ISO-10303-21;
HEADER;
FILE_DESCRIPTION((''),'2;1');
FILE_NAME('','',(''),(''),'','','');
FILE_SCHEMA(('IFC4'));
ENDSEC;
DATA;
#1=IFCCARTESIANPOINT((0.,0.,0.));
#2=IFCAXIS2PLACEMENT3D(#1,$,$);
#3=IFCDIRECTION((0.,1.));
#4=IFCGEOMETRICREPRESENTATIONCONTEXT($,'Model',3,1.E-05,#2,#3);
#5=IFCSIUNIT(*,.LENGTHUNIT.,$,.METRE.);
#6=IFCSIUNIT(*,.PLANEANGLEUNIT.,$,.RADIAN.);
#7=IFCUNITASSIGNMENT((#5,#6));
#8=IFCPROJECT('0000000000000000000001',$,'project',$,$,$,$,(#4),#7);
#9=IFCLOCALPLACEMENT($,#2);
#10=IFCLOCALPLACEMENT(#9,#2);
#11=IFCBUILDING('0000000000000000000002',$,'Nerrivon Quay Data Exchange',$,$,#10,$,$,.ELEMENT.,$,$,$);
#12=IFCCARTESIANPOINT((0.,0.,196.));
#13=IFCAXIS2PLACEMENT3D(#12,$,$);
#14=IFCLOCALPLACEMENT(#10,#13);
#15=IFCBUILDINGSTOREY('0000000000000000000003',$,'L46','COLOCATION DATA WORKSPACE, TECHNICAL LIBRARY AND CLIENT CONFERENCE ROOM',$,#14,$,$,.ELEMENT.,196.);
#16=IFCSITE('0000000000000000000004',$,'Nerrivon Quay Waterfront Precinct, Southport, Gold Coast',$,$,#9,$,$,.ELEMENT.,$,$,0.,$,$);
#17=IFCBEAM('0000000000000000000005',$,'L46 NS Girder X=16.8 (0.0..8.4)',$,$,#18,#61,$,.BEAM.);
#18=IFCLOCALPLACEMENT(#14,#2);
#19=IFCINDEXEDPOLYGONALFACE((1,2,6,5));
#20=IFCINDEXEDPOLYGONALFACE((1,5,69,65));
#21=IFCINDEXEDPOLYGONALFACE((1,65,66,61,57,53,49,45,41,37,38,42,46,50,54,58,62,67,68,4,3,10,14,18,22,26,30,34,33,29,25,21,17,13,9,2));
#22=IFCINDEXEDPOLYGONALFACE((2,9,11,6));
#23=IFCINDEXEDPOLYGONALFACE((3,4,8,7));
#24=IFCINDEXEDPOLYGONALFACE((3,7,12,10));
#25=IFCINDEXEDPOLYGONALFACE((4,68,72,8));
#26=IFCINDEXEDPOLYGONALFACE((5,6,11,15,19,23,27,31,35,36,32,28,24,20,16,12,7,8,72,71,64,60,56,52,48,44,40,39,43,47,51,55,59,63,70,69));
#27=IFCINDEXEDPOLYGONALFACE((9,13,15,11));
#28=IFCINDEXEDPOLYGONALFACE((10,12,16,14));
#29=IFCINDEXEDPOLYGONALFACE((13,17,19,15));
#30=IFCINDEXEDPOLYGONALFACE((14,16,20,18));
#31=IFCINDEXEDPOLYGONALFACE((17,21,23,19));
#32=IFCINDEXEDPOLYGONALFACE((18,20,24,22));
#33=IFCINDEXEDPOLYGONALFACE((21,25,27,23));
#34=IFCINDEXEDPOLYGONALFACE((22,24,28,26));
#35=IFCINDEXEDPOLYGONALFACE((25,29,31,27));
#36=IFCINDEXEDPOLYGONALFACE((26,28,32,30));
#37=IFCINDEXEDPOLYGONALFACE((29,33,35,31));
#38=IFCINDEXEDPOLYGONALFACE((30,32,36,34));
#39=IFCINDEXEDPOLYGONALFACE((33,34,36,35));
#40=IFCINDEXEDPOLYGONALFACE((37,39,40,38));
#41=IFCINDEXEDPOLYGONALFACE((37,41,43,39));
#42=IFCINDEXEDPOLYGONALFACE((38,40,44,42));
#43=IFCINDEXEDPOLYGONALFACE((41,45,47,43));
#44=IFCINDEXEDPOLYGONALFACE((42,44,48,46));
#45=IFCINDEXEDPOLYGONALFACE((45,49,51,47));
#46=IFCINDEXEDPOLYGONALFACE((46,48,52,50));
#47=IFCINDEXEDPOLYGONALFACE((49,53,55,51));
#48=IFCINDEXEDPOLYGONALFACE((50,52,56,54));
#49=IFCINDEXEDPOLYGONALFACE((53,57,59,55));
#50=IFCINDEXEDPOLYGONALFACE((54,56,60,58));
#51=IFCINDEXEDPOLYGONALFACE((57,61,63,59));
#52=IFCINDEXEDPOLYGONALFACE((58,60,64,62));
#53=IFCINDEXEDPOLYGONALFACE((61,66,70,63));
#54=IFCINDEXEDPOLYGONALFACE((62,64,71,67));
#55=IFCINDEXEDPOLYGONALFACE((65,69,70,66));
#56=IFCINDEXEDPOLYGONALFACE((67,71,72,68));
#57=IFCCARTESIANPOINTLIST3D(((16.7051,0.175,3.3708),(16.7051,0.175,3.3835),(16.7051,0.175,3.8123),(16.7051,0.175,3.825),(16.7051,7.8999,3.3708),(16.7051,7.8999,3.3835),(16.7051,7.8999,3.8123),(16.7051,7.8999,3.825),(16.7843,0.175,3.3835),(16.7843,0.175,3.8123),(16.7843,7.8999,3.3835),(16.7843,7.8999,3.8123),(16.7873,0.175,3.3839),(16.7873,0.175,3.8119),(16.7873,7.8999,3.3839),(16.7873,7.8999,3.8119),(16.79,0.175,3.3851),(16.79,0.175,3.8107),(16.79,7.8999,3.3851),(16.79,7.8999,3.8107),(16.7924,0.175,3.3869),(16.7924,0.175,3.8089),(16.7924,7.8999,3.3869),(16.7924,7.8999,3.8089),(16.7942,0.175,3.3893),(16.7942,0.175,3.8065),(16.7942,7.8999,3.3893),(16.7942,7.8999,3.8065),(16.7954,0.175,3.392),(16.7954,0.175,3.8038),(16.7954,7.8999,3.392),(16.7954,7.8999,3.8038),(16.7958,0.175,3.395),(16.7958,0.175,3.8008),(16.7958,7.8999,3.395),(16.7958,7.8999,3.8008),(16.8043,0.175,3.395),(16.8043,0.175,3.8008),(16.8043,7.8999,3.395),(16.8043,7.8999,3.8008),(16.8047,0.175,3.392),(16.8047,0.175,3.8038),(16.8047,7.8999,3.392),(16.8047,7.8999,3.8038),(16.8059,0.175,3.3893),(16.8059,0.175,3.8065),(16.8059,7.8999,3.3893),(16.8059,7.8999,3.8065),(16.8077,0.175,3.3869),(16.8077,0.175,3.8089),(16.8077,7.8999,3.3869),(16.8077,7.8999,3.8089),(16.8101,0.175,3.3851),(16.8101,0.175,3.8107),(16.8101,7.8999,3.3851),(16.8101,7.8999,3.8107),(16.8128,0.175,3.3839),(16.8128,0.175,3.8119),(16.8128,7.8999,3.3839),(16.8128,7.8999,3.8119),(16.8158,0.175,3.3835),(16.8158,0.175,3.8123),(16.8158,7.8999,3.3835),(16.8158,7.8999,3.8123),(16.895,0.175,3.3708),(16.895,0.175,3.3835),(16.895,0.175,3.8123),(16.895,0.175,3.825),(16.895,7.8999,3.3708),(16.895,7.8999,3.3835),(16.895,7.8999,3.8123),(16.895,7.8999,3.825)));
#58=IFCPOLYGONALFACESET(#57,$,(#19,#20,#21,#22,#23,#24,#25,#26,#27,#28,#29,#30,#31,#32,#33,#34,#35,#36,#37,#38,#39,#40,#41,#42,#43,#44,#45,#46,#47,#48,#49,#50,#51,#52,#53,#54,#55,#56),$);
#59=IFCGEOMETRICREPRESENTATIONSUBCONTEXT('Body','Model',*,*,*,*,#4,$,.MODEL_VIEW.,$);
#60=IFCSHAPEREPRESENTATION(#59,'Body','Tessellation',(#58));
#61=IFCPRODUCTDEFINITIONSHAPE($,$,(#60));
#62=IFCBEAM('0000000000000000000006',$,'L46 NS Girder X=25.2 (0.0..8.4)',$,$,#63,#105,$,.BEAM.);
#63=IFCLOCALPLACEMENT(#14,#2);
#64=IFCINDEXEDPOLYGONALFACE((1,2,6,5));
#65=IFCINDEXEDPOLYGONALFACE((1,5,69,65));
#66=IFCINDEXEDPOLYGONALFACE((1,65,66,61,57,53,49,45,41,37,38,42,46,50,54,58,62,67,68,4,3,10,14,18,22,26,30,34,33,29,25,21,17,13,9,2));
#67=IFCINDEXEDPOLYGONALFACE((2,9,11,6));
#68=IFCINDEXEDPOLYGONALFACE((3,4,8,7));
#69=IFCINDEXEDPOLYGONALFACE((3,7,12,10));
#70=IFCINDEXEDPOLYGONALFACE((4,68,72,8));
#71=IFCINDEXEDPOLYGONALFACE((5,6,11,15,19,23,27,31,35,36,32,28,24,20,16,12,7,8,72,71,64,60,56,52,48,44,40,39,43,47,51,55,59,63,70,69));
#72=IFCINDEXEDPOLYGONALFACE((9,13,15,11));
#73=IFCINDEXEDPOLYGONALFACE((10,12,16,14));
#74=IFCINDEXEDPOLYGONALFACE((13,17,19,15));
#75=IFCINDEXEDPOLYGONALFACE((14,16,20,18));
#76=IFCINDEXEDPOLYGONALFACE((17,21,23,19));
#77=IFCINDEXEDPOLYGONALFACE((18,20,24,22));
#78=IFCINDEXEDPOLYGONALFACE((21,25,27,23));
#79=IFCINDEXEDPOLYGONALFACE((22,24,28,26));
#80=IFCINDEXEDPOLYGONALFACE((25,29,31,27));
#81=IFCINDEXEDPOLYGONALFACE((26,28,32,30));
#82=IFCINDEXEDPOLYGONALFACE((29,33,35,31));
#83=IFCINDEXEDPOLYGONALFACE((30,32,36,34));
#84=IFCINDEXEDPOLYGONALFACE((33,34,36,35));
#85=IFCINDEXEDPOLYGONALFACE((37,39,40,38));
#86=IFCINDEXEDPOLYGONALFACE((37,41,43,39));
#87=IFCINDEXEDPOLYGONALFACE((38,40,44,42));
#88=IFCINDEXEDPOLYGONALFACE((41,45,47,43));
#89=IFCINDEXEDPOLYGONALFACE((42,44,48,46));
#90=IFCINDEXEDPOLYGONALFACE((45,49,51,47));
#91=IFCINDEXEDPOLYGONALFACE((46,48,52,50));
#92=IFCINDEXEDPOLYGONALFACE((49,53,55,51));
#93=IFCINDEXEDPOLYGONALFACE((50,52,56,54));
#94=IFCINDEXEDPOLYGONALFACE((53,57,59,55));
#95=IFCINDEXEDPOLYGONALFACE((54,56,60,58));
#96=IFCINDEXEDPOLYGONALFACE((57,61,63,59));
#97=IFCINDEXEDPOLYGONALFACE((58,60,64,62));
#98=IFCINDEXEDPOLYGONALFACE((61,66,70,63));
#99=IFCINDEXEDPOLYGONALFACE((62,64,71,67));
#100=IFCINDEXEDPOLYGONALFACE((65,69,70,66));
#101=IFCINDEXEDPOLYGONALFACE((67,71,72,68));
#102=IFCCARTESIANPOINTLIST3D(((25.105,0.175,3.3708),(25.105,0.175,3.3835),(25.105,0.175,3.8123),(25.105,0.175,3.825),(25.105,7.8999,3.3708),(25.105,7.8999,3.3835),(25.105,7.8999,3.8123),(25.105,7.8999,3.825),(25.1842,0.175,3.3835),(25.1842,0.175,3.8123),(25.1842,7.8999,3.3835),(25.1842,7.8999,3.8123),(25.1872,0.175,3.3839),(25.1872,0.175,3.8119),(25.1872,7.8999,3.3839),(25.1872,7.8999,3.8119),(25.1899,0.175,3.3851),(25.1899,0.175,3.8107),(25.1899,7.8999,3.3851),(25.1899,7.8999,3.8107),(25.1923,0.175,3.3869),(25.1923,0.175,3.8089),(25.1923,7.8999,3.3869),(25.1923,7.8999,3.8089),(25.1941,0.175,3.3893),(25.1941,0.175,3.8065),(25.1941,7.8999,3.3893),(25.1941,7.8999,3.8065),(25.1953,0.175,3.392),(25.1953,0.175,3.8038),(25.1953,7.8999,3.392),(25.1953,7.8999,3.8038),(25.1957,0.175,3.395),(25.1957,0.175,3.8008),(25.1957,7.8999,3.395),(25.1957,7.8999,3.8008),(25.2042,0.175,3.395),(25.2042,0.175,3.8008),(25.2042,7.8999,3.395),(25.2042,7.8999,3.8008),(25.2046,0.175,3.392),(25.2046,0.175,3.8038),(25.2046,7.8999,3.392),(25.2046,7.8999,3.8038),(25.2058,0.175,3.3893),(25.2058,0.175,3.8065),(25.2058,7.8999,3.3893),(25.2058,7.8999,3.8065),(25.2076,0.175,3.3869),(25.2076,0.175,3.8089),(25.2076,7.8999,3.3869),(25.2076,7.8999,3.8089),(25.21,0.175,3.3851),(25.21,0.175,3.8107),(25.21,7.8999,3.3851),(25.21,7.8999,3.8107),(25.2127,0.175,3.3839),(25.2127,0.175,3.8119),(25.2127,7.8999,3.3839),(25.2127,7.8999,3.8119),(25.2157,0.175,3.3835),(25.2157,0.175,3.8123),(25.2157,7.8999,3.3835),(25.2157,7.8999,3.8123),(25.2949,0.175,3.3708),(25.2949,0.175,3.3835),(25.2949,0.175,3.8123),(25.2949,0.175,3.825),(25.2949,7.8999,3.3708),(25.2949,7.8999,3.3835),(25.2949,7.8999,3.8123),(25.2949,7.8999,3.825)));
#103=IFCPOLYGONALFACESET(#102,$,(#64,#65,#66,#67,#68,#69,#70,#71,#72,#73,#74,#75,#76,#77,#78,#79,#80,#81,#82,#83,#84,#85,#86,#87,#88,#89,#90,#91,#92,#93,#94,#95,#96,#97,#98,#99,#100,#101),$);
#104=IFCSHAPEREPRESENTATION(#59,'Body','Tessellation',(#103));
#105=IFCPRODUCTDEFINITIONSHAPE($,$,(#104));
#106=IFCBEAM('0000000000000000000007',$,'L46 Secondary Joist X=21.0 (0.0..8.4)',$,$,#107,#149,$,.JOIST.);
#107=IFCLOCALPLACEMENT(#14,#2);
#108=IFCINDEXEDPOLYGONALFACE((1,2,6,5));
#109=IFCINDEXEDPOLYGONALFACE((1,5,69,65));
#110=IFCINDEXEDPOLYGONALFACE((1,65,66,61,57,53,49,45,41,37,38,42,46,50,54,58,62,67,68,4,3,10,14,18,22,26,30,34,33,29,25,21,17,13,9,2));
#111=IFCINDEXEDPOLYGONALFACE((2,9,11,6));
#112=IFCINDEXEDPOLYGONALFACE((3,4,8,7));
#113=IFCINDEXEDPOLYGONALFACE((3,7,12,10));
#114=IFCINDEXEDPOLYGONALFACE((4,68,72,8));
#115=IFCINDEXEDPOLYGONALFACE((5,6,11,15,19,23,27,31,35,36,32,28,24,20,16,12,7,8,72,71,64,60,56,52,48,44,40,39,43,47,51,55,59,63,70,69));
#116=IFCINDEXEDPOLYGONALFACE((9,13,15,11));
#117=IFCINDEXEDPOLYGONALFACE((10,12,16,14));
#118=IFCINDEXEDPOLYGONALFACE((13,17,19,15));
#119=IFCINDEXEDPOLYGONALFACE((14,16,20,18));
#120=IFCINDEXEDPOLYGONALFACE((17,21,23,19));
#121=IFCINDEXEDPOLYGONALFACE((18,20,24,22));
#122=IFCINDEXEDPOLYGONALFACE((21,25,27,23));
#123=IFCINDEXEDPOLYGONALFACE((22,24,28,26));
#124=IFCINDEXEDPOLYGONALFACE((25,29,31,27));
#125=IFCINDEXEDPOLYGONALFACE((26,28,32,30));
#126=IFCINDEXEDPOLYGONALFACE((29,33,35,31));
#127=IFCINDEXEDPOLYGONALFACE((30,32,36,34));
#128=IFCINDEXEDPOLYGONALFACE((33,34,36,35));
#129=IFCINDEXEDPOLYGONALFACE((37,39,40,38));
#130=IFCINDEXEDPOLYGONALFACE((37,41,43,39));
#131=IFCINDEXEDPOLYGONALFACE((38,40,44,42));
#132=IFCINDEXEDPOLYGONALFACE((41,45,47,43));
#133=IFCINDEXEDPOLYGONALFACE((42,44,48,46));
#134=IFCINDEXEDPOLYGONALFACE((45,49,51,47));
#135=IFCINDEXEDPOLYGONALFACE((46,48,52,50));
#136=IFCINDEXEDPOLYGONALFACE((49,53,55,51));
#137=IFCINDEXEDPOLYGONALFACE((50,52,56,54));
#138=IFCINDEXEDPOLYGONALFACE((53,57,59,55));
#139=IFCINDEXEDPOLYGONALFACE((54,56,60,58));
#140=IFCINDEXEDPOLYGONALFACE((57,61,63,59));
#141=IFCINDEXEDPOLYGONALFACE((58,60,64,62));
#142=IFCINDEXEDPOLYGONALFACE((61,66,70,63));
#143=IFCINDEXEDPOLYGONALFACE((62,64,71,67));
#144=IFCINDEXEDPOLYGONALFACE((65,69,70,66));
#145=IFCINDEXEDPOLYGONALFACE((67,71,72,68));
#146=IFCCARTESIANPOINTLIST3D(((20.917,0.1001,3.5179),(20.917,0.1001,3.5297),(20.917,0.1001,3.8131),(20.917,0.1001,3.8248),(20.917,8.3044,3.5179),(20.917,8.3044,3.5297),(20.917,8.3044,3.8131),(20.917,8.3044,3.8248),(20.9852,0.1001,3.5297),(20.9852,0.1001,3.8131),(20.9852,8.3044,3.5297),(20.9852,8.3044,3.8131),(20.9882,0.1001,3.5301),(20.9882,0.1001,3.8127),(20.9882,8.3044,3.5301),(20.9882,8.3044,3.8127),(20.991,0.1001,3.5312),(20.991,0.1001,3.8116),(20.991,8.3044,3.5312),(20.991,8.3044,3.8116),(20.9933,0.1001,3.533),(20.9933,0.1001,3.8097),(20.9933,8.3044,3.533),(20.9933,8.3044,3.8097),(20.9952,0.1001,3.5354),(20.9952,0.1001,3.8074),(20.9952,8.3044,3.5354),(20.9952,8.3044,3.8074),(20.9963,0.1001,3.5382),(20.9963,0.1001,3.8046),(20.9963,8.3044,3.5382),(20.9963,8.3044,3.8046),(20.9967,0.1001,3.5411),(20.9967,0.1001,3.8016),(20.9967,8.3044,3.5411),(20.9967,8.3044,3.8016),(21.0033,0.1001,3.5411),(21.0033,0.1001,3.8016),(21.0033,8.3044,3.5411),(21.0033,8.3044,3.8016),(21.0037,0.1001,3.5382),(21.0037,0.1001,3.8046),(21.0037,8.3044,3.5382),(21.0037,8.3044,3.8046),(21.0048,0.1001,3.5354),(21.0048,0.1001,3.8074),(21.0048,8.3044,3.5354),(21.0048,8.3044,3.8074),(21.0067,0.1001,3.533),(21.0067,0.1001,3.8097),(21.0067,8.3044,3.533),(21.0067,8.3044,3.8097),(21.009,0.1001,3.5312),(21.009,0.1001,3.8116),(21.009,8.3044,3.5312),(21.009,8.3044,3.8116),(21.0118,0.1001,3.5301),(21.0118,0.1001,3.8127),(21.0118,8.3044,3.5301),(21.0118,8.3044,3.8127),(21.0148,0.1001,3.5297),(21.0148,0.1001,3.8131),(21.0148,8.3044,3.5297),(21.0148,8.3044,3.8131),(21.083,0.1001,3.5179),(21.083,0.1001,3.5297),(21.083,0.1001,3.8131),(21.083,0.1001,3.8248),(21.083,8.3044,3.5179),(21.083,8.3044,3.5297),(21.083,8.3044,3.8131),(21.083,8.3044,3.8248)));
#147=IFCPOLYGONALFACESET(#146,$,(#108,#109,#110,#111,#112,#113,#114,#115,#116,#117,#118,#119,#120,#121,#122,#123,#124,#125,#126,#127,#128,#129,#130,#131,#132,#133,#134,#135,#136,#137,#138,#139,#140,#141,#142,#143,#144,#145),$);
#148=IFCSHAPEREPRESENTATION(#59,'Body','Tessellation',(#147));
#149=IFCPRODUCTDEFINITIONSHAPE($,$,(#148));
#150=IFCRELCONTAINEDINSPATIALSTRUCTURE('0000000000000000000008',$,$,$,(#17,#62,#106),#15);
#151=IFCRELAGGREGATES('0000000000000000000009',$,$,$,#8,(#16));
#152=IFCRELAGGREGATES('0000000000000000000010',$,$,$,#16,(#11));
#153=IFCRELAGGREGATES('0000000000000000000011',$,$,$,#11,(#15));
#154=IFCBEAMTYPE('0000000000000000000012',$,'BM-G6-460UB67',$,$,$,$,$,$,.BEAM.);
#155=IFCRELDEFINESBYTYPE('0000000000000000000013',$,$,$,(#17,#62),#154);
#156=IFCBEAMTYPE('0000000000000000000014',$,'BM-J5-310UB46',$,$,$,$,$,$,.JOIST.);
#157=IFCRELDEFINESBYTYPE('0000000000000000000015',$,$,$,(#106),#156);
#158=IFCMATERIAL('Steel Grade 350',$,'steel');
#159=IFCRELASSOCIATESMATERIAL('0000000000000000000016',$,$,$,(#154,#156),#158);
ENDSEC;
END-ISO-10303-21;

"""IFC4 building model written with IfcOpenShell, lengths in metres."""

from ifc_helpers import new_model, si_unit, direction, frame, origin, origin_2d, place, context, subcontext, project, spatial, i_section, extrude, material, material_profile, profile_set, type_object, element, save


model = new_model("IFC4")

# Units and contexts
model_context = context("Model", 3, precision=1e-05, world=origin(), true_north=direction((0.0, 1.0)))
body_context = subcontext(model_context, "Body", "Model", "MODEL_VIEW")
ifc_project = project(units=[si_unit("LENGTHUNIT", "METRE"), si_unit("PLANEANGLEUNIT", "RADIAN")], contexts=[model_context])

# Site, building, storey
site_placement = place(None, origin())
site = spatial("IfcSite", under=ifc_project, at=site_placement, Name="Nerrivon Quay Waterfront Precinct, Southport, Gold Coast", CompositionType="ELEMENT", RefElevation=0.0)
building_placement = place(site_placement, origin())
building = spatial("IfcBuilding", under=site, at=building_placement, Name="Nerrivon Quay Data Exchange", CompositionType="ELEMENT")
storey_placement = place(building_placement, frame((0.0, 0.0, 196.0)))
storey = spatial("IfcBuildingStorey", under=building, at=storey_placement, Name="L46", Description="COLOCATION DATA WORKSPACE, TECHNICAL LIBRARY AND CLIENT CONFERENCE ROOM", CompositionType="ELEMENT", Elevation=196.0)

# Shared definitions
ifc_material_1 = material(Name="Steel Grade 350", Category="steel")

# Beams
ifc_material_profile_1 = material_profile(ifc_material_1, i_section(OverallWidth=0.1899, OverallDepth=0.4541, WebThickness=0.0085, FlangeThickness=0.0127, FilletRadius=0.0115, at=origin_2d()), Name="460UB67.1")
ifc_profile_set_1 = profile_set([ifc_material_profile_1], Name="Steel Grade 350")
beam_type_1 = type_object("IfcBeamType", Name="BM-G6-460UB67", PredefinedType="BEAM", material=ifc_profile_set_1)
for number, where, z_axis, x_axis, name in (
    (1, (16.8, 0.175, 3.5979), (0.0, 1.0, 0.0), (-1.0, 0.0, 0.0), "L46 NS Girder X=16.8 (0.0..8.4)"),
    (2, (25.2, 0.175, 3.5979), (0.0, 1.0, 0.0), (-1.0, 0.0, 0.0), "L46 NS Girder X=25.2 (0.0..8.4)"),
):
    element("IfcBeam", number, at=place(storey_placement, frame(where, z_axis=z_axis, x_axis=x_axis)), inside=storey, type_object=beam_type_1, Name=name, PredefinedType="BEAM", context=body_context, shape_type="SweptSolid", body=[
        extrude(i_section(OverallWidth=0.1899, OverallDepth=0.4541, WebThickness=0.0085, FlangeThickness=0.0127, FilletRadius=0.0115, at=origin_2d()), origin(), (0.0, 0.0, 1.0), 7.7249),
    ])
ifc_material_profile_2 = material_profile(ifc_material_1, i_section(OverallWidth=0.166, OverallDepth=0.3069, WebThickness=0.0066, FlangeThickness=0.0117, FilletRadius=0.0115, at=origin_2d()), Name="310UB46.2")
ifc_profile_set_2 = profile_set([ifc_material_profile_2], Name="Steel Grade 350")
beam_type_2 = type_object("IfcBeamType", Name="BM-J5-310UB46", PredefinedType="JOIST", material=ifc_profile_set_2)
beam_1_placement = place(storey_placement, frame((21.0, 0.1001, 3.6714), z_axis=(0.0, 1.0, 0.0), x_axis=(-1.0, 0.0, 0.0)))
element("IfcBeam", 3, at=beam_1_placement, inside=storey, type_object=beam_type_2, Name="L46 Secondary Joist X=21.0 (0.0..8.4)", PredefinedType="JOIST", context=body_context, shape_type="SweptSolid", body=[
    extrude(i_section(OverallWidth=0.166, OverallDepth=0.3069, WebThickness=0.0066, FlangeThickness=0.0117, FilletRadius=0.0115, at=origin_2d()), origin(), (0.0, 0.0, 1.0), 8.2043),
])

save(model, "model.ifc")
